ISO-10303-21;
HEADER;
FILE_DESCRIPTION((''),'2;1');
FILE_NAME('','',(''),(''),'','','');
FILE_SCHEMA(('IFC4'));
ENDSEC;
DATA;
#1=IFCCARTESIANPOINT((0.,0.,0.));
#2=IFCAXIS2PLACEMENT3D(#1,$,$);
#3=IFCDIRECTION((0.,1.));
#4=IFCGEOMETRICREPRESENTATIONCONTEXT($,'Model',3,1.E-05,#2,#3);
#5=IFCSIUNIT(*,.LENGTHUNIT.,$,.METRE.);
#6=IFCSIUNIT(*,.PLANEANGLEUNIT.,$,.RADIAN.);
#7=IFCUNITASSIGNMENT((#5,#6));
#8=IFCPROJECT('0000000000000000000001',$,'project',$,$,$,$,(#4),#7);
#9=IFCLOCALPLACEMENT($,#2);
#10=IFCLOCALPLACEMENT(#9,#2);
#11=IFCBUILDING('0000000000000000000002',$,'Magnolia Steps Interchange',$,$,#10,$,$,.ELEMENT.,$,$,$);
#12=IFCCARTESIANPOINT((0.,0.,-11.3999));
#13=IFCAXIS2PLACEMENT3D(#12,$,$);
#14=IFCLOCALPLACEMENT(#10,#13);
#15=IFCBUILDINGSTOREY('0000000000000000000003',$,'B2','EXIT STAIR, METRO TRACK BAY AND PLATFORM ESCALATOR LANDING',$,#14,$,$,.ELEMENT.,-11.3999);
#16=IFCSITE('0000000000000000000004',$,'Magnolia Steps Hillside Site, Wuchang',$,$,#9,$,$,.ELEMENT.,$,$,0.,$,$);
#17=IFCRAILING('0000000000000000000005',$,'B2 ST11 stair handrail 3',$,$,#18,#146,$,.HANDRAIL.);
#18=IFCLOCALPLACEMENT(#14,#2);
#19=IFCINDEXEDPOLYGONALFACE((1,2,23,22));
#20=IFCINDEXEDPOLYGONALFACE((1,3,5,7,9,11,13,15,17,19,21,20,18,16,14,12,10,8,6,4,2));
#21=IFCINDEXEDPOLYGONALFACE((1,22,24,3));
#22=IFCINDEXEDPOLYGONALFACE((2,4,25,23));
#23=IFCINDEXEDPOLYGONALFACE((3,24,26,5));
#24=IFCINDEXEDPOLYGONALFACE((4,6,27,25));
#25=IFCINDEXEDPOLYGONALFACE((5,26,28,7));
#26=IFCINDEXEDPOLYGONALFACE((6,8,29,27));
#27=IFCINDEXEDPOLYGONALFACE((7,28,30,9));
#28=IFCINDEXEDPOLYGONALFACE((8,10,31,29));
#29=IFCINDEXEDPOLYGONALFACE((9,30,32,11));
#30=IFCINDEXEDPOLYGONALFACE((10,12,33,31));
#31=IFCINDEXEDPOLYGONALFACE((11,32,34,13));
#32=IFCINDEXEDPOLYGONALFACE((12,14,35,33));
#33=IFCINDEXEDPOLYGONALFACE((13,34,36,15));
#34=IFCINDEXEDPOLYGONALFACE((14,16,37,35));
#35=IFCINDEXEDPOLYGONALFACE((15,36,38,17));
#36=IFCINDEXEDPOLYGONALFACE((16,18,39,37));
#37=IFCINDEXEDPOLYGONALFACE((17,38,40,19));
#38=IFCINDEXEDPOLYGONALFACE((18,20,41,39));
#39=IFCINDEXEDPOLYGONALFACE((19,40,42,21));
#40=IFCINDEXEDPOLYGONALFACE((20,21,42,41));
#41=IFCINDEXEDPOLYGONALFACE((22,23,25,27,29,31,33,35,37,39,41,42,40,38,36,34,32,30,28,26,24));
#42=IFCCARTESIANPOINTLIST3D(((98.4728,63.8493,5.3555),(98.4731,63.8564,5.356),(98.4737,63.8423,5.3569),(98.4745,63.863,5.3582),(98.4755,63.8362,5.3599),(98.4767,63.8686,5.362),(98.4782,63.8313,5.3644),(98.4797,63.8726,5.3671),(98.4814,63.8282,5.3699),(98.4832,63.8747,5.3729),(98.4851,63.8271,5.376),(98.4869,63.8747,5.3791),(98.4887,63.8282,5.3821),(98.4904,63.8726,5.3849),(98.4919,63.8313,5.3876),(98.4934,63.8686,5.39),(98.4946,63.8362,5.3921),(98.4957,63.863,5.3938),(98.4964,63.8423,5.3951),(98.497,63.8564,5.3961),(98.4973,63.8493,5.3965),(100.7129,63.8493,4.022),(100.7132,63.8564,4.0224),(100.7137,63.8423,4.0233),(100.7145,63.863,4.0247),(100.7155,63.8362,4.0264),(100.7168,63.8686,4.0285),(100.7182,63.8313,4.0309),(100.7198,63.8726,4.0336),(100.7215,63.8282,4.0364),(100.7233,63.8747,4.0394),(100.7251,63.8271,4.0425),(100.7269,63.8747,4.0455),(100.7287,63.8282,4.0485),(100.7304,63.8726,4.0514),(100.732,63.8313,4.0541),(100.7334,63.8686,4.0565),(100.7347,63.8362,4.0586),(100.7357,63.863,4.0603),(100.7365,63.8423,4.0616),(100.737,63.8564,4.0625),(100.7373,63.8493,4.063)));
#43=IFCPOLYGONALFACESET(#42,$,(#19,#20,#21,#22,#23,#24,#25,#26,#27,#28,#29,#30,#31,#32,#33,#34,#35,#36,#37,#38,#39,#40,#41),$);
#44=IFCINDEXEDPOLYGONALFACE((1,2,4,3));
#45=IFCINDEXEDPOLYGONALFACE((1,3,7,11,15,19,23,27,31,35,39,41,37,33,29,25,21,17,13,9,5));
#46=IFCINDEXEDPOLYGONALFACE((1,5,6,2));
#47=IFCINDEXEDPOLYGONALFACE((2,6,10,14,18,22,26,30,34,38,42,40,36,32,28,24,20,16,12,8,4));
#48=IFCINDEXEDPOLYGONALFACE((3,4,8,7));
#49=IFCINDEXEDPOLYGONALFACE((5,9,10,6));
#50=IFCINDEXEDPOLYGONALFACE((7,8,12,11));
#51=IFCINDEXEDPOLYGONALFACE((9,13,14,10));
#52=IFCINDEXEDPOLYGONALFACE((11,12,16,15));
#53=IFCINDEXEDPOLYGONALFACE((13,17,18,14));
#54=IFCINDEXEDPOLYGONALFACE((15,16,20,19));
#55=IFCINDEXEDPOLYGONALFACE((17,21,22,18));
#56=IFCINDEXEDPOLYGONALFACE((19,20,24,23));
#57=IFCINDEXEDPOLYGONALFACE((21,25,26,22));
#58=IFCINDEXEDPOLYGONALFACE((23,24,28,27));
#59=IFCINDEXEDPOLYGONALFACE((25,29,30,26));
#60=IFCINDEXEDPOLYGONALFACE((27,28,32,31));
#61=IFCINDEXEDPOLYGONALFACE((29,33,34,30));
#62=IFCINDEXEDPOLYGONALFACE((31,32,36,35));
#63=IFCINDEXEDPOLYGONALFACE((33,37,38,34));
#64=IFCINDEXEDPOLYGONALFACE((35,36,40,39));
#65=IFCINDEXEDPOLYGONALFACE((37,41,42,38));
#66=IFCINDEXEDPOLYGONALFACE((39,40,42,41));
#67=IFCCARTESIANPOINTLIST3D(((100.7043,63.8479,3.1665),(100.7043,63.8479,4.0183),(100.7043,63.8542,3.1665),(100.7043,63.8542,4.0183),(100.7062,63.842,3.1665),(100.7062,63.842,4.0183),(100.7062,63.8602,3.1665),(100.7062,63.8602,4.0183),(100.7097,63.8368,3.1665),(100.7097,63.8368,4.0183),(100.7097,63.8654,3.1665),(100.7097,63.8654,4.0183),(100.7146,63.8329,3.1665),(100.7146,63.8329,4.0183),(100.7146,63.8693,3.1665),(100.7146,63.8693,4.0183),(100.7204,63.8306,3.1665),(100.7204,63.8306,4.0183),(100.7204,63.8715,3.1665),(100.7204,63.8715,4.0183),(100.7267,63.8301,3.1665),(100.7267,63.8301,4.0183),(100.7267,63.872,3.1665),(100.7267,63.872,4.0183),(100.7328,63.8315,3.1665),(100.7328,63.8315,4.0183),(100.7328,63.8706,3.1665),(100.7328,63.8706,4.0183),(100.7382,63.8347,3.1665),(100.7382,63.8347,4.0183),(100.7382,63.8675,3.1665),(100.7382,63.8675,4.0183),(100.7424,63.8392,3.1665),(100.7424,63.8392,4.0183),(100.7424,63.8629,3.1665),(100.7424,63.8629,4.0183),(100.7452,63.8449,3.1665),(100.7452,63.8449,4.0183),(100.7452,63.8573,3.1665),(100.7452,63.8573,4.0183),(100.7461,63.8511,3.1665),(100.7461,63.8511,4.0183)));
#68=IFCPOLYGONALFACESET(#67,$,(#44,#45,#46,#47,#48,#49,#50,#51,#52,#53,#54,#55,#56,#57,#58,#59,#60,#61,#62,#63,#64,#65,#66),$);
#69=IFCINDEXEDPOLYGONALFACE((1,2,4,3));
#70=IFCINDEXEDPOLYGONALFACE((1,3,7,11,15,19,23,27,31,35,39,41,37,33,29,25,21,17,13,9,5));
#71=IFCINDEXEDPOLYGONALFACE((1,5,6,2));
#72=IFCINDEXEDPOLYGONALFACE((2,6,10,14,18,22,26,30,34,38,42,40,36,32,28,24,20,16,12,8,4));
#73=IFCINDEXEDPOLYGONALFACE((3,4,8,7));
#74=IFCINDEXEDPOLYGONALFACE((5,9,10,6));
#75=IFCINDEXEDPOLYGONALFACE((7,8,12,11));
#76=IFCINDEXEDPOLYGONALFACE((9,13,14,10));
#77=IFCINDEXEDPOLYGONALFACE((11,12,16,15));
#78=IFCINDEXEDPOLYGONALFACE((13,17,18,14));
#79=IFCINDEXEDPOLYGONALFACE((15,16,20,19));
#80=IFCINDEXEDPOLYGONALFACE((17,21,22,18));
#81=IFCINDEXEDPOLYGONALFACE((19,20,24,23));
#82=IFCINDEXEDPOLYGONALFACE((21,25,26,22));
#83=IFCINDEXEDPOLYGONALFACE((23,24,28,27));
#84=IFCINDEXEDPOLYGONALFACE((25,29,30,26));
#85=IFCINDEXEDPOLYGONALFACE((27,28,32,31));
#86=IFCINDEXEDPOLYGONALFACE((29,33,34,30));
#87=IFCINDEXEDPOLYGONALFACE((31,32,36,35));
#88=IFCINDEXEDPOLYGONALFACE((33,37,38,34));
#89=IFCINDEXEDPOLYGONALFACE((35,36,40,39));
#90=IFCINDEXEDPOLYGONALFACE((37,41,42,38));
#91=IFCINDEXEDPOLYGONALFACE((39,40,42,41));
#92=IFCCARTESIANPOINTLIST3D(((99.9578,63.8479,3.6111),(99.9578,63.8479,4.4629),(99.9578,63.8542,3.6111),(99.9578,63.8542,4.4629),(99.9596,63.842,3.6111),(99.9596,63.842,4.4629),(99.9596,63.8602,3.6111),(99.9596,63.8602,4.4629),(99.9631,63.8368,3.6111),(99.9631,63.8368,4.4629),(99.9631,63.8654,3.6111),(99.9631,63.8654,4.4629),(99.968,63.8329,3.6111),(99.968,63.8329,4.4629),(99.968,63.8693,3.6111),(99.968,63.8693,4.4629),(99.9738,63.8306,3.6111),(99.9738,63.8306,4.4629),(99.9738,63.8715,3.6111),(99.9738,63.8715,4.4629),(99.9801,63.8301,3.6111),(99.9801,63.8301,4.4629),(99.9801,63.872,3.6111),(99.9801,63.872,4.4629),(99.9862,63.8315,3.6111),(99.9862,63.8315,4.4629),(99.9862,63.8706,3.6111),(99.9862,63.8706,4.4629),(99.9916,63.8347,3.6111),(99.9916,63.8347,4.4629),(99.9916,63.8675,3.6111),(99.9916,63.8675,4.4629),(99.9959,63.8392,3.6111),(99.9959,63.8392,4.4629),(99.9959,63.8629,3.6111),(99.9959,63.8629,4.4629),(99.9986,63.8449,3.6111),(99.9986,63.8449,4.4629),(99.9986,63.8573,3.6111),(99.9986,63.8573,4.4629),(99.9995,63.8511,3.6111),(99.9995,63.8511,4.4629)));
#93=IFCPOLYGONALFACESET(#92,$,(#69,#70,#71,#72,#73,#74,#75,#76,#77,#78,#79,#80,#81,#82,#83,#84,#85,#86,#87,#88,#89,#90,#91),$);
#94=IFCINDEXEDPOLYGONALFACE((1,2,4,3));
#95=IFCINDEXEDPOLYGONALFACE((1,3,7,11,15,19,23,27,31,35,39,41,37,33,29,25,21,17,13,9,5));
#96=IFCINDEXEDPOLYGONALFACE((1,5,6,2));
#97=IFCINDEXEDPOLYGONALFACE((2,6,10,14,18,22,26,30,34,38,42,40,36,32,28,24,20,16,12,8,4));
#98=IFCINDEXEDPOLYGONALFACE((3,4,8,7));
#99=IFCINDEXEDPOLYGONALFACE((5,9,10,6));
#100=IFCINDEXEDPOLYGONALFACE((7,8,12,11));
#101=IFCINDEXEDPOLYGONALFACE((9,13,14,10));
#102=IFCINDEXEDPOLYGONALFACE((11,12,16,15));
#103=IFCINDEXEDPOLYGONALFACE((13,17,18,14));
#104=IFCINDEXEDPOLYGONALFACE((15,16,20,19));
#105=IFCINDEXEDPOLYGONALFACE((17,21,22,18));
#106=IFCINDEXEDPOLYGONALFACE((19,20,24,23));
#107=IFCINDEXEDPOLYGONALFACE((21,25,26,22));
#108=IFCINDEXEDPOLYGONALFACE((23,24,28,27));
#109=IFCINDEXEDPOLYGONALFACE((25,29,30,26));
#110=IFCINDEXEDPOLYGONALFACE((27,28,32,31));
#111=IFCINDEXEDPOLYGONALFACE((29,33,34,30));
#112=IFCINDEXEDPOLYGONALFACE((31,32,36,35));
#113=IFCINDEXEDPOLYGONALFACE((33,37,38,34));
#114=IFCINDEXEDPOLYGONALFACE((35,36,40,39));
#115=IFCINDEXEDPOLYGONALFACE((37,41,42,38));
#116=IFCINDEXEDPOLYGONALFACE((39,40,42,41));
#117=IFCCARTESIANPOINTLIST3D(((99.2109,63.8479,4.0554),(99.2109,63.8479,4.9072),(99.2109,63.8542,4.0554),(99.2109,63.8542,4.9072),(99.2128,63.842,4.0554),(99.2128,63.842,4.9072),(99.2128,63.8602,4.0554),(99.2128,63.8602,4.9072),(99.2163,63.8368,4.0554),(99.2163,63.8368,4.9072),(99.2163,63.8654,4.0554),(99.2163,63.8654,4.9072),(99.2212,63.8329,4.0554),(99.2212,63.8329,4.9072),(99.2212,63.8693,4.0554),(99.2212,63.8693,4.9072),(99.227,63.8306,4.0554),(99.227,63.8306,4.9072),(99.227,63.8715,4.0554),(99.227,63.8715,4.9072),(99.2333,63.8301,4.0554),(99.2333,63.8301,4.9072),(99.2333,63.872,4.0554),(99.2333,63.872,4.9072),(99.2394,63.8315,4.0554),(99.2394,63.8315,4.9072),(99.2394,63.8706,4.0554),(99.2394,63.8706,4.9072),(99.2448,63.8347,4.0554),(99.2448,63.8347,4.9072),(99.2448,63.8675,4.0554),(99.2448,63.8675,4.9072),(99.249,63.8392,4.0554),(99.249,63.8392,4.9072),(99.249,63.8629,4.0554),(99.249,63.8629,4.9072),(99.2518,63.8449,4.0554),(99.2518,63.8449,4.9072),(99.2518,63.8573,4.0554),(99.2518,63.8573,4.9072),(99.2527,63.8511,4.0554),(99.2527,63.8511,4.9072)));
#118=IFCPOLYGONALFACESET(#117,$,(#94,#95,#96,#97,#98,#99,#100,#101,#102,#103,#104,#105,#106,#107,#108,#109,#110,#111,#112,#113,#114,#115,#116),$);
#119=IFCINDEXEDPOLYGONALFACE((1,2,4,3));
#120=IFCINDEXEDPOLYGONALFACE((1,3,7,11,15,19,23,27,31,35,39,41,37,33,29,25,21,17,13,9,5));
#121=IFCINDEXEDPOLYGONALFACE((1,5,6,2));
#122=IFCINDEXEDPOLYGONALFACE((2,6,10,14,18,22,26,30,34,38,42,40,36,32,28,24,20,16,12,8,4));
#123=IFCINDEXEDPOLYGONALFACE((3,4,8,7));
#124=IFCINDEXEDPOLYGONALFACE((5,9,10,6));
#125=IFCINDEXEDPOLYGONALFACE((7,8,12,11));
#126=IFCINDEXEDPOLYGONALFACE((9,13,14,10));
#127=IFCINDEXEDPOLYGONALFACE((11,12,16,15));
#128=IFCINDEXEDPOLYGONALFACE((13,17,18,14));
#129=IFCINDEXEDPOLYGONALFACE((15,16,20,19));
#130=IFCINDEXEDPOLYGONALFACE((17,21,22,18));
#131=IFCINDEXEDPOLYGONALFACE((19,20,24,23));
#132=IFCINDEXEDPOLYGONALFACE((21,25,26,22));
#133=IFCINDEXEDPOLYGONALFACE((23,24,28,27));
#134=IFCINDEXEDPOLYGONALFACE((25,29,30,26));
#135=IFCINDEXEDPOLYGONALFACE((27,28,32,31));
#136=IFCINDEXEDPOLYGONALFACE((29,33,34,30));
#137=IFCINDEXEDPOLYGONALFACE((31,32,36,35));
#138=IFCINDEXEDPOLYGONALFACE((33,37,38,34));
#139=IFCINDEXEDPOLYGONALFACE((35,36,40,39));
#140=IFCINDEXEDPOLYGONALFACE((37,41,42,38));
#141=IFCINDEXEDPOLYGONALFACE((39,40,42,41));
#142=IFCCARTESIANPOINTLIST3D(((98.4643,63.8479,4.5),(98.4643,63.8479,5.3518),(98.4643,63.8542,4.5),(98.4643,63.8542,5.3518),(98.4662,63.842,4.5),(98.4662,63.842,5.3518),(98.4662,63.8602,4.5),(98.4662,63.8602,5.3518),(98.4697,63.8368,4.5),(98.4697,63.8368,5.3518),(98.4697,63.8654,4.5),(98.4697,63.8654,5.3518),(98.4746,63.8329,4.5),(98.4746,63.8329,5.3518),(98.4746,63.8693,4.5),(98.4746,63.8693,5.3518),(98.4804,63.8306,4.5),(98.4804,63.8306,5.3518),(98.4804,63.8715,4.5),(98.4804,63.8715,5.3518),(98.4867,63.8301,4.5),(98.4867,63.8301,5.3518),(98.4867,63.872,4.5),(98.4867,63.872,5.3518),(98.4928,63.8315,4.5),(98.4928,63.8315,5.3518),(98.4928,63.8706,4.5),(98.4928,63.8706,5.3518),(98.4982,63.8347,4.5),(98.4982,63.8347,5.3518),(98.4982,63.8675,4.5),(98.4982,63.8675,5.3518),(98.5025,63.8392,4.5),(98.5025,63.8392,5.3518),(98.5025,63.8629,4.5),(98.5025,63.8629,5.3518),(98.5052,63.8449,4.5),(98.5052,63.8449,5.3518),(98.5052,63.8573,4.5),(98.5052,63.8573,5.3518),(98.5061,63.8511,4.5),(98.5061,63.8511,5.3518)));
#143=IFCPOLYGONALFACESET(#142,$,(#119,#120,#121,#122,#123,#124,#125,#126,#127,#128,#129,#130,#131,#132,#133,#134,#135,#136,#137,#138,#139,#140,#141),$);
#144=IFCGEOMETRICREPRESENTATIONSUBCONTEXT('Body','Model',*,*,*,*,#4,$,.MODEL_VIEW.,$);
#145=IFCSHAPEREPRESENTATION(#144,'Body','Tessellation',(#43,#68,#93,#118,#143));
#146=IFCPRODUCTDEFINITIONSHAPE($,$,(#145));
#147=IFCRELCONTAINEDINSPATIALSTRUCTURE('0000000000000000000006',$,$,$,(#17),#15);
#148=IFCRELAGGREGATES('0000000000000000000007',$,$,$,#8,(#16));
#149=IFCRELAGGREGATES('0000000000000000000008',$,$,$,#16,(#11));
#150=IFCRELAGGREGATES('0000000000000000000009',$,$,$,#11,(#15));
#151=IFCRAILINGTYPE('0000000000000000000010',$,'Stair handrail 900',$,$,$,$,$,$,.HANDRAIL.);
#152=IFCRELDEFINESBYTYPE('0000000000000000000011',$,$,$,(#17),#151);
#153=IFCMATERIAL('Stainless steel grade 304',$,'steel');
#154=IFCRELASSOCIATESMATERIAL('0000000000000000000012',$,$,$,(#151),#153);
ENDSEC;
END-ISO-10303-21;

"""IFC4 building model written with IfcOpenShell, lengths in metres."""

from ifc_helpers import new_model, si_unit, direction, frame, origin, origin_2d, place, context, subcontext, project, spatial, circle, extrude, material, type_object, element, save


model = new_model("IFC4")

# Units and contexts
model_context = context("Model", 3, precision=1e-05, world=origin(), true_north=direction((0.0, 1.0)))
body_context = subcontext(model_context, "Body", "Model", "MODEL_VIEW")
ifc_project = project(units=[si_unit("LENGTHUNIT", "METRE"), si_unit("PLANEANGLEUNIT", "RADIAN")], contexts=[model_context])

# Site, building, storey
site_placement = place(None, origin())
site = spatial("IfcSite", under=ifc_project, at=site_placement, Name="Magnolia Steps Hillside Site, Wuchang", CompositionType="ELEMENT", RefElevation=0.0)
building_placement = place(site_placement, origin())
building = spatial("IfcBuilding", under=site, at=building_placement, Name="Magnolia Steps Interchange", CompositionType="ELEMENT")
storey_placement = place(building_placement, frame((0.0, 0.0, -11.3999)))
storey = spatial("IfcBuildingStorey", under=building, at=storey_placement, Name="B2", Description="EXIT STAIR, METRO TRACK BAY AND PLATFORM ESCALATOR LANDING", CompositionType="ELEMENT", Elevation=-11.3999)

# Railing
ifc_material_1 = material(Name="Stainless steel grade 304", Category="steel")
railing_type_1 = type_object("IfcRailingType", Name="Stair handrail 900", PredefinedType="HANDRAIL", material=ifc_material_1)
for number, where, name in (
    (1, (100.7251, 63.8511, 3.1665), "B2 ST11 stair handrail 3"),
):
    element("IfcRailing", number, at=place(storey_placement, frame(where)), inside=storey, type_object=railing_type_1, Name=name, PredefinedType="HANDRAIL", context=body_context, shape_type="SweptSolid", body=[
        extrude(circle(Radius=0.0239, at=origin_2d()), frame((0.0, 0.0, 0.876), z_axis=(-0.859264, 0.0, 0.511532), x_axis=(0.0, -1.0, 0.0)), (0.0, 0.0, 1.0), 2.6069),
        extrude(circle(Radius=0.021, at=origin_2d()), origin(), (0.0, 0.0, 1.0), 0.8518),
        extrude(circle(Radius=0.021, at=origin_2d()), frame((-0.7466, 0.0, 0.4446)), (0.0, 0.0, 1.0), 0.8518),
        extrude(circle(Radius=0.021, at=origin_2d()), frame((-1.4934, 0.0, 0.8889)), (0.0, 0.0, 1.0), 0.8518),
        extrude(circle(Radius=0.021, at=origin_2d()), frame((-2.24, 0.0, 1.3335)), (0.0, 0.0, 1.0), 0.8518),
    ])

save(model, "model.ifc")
